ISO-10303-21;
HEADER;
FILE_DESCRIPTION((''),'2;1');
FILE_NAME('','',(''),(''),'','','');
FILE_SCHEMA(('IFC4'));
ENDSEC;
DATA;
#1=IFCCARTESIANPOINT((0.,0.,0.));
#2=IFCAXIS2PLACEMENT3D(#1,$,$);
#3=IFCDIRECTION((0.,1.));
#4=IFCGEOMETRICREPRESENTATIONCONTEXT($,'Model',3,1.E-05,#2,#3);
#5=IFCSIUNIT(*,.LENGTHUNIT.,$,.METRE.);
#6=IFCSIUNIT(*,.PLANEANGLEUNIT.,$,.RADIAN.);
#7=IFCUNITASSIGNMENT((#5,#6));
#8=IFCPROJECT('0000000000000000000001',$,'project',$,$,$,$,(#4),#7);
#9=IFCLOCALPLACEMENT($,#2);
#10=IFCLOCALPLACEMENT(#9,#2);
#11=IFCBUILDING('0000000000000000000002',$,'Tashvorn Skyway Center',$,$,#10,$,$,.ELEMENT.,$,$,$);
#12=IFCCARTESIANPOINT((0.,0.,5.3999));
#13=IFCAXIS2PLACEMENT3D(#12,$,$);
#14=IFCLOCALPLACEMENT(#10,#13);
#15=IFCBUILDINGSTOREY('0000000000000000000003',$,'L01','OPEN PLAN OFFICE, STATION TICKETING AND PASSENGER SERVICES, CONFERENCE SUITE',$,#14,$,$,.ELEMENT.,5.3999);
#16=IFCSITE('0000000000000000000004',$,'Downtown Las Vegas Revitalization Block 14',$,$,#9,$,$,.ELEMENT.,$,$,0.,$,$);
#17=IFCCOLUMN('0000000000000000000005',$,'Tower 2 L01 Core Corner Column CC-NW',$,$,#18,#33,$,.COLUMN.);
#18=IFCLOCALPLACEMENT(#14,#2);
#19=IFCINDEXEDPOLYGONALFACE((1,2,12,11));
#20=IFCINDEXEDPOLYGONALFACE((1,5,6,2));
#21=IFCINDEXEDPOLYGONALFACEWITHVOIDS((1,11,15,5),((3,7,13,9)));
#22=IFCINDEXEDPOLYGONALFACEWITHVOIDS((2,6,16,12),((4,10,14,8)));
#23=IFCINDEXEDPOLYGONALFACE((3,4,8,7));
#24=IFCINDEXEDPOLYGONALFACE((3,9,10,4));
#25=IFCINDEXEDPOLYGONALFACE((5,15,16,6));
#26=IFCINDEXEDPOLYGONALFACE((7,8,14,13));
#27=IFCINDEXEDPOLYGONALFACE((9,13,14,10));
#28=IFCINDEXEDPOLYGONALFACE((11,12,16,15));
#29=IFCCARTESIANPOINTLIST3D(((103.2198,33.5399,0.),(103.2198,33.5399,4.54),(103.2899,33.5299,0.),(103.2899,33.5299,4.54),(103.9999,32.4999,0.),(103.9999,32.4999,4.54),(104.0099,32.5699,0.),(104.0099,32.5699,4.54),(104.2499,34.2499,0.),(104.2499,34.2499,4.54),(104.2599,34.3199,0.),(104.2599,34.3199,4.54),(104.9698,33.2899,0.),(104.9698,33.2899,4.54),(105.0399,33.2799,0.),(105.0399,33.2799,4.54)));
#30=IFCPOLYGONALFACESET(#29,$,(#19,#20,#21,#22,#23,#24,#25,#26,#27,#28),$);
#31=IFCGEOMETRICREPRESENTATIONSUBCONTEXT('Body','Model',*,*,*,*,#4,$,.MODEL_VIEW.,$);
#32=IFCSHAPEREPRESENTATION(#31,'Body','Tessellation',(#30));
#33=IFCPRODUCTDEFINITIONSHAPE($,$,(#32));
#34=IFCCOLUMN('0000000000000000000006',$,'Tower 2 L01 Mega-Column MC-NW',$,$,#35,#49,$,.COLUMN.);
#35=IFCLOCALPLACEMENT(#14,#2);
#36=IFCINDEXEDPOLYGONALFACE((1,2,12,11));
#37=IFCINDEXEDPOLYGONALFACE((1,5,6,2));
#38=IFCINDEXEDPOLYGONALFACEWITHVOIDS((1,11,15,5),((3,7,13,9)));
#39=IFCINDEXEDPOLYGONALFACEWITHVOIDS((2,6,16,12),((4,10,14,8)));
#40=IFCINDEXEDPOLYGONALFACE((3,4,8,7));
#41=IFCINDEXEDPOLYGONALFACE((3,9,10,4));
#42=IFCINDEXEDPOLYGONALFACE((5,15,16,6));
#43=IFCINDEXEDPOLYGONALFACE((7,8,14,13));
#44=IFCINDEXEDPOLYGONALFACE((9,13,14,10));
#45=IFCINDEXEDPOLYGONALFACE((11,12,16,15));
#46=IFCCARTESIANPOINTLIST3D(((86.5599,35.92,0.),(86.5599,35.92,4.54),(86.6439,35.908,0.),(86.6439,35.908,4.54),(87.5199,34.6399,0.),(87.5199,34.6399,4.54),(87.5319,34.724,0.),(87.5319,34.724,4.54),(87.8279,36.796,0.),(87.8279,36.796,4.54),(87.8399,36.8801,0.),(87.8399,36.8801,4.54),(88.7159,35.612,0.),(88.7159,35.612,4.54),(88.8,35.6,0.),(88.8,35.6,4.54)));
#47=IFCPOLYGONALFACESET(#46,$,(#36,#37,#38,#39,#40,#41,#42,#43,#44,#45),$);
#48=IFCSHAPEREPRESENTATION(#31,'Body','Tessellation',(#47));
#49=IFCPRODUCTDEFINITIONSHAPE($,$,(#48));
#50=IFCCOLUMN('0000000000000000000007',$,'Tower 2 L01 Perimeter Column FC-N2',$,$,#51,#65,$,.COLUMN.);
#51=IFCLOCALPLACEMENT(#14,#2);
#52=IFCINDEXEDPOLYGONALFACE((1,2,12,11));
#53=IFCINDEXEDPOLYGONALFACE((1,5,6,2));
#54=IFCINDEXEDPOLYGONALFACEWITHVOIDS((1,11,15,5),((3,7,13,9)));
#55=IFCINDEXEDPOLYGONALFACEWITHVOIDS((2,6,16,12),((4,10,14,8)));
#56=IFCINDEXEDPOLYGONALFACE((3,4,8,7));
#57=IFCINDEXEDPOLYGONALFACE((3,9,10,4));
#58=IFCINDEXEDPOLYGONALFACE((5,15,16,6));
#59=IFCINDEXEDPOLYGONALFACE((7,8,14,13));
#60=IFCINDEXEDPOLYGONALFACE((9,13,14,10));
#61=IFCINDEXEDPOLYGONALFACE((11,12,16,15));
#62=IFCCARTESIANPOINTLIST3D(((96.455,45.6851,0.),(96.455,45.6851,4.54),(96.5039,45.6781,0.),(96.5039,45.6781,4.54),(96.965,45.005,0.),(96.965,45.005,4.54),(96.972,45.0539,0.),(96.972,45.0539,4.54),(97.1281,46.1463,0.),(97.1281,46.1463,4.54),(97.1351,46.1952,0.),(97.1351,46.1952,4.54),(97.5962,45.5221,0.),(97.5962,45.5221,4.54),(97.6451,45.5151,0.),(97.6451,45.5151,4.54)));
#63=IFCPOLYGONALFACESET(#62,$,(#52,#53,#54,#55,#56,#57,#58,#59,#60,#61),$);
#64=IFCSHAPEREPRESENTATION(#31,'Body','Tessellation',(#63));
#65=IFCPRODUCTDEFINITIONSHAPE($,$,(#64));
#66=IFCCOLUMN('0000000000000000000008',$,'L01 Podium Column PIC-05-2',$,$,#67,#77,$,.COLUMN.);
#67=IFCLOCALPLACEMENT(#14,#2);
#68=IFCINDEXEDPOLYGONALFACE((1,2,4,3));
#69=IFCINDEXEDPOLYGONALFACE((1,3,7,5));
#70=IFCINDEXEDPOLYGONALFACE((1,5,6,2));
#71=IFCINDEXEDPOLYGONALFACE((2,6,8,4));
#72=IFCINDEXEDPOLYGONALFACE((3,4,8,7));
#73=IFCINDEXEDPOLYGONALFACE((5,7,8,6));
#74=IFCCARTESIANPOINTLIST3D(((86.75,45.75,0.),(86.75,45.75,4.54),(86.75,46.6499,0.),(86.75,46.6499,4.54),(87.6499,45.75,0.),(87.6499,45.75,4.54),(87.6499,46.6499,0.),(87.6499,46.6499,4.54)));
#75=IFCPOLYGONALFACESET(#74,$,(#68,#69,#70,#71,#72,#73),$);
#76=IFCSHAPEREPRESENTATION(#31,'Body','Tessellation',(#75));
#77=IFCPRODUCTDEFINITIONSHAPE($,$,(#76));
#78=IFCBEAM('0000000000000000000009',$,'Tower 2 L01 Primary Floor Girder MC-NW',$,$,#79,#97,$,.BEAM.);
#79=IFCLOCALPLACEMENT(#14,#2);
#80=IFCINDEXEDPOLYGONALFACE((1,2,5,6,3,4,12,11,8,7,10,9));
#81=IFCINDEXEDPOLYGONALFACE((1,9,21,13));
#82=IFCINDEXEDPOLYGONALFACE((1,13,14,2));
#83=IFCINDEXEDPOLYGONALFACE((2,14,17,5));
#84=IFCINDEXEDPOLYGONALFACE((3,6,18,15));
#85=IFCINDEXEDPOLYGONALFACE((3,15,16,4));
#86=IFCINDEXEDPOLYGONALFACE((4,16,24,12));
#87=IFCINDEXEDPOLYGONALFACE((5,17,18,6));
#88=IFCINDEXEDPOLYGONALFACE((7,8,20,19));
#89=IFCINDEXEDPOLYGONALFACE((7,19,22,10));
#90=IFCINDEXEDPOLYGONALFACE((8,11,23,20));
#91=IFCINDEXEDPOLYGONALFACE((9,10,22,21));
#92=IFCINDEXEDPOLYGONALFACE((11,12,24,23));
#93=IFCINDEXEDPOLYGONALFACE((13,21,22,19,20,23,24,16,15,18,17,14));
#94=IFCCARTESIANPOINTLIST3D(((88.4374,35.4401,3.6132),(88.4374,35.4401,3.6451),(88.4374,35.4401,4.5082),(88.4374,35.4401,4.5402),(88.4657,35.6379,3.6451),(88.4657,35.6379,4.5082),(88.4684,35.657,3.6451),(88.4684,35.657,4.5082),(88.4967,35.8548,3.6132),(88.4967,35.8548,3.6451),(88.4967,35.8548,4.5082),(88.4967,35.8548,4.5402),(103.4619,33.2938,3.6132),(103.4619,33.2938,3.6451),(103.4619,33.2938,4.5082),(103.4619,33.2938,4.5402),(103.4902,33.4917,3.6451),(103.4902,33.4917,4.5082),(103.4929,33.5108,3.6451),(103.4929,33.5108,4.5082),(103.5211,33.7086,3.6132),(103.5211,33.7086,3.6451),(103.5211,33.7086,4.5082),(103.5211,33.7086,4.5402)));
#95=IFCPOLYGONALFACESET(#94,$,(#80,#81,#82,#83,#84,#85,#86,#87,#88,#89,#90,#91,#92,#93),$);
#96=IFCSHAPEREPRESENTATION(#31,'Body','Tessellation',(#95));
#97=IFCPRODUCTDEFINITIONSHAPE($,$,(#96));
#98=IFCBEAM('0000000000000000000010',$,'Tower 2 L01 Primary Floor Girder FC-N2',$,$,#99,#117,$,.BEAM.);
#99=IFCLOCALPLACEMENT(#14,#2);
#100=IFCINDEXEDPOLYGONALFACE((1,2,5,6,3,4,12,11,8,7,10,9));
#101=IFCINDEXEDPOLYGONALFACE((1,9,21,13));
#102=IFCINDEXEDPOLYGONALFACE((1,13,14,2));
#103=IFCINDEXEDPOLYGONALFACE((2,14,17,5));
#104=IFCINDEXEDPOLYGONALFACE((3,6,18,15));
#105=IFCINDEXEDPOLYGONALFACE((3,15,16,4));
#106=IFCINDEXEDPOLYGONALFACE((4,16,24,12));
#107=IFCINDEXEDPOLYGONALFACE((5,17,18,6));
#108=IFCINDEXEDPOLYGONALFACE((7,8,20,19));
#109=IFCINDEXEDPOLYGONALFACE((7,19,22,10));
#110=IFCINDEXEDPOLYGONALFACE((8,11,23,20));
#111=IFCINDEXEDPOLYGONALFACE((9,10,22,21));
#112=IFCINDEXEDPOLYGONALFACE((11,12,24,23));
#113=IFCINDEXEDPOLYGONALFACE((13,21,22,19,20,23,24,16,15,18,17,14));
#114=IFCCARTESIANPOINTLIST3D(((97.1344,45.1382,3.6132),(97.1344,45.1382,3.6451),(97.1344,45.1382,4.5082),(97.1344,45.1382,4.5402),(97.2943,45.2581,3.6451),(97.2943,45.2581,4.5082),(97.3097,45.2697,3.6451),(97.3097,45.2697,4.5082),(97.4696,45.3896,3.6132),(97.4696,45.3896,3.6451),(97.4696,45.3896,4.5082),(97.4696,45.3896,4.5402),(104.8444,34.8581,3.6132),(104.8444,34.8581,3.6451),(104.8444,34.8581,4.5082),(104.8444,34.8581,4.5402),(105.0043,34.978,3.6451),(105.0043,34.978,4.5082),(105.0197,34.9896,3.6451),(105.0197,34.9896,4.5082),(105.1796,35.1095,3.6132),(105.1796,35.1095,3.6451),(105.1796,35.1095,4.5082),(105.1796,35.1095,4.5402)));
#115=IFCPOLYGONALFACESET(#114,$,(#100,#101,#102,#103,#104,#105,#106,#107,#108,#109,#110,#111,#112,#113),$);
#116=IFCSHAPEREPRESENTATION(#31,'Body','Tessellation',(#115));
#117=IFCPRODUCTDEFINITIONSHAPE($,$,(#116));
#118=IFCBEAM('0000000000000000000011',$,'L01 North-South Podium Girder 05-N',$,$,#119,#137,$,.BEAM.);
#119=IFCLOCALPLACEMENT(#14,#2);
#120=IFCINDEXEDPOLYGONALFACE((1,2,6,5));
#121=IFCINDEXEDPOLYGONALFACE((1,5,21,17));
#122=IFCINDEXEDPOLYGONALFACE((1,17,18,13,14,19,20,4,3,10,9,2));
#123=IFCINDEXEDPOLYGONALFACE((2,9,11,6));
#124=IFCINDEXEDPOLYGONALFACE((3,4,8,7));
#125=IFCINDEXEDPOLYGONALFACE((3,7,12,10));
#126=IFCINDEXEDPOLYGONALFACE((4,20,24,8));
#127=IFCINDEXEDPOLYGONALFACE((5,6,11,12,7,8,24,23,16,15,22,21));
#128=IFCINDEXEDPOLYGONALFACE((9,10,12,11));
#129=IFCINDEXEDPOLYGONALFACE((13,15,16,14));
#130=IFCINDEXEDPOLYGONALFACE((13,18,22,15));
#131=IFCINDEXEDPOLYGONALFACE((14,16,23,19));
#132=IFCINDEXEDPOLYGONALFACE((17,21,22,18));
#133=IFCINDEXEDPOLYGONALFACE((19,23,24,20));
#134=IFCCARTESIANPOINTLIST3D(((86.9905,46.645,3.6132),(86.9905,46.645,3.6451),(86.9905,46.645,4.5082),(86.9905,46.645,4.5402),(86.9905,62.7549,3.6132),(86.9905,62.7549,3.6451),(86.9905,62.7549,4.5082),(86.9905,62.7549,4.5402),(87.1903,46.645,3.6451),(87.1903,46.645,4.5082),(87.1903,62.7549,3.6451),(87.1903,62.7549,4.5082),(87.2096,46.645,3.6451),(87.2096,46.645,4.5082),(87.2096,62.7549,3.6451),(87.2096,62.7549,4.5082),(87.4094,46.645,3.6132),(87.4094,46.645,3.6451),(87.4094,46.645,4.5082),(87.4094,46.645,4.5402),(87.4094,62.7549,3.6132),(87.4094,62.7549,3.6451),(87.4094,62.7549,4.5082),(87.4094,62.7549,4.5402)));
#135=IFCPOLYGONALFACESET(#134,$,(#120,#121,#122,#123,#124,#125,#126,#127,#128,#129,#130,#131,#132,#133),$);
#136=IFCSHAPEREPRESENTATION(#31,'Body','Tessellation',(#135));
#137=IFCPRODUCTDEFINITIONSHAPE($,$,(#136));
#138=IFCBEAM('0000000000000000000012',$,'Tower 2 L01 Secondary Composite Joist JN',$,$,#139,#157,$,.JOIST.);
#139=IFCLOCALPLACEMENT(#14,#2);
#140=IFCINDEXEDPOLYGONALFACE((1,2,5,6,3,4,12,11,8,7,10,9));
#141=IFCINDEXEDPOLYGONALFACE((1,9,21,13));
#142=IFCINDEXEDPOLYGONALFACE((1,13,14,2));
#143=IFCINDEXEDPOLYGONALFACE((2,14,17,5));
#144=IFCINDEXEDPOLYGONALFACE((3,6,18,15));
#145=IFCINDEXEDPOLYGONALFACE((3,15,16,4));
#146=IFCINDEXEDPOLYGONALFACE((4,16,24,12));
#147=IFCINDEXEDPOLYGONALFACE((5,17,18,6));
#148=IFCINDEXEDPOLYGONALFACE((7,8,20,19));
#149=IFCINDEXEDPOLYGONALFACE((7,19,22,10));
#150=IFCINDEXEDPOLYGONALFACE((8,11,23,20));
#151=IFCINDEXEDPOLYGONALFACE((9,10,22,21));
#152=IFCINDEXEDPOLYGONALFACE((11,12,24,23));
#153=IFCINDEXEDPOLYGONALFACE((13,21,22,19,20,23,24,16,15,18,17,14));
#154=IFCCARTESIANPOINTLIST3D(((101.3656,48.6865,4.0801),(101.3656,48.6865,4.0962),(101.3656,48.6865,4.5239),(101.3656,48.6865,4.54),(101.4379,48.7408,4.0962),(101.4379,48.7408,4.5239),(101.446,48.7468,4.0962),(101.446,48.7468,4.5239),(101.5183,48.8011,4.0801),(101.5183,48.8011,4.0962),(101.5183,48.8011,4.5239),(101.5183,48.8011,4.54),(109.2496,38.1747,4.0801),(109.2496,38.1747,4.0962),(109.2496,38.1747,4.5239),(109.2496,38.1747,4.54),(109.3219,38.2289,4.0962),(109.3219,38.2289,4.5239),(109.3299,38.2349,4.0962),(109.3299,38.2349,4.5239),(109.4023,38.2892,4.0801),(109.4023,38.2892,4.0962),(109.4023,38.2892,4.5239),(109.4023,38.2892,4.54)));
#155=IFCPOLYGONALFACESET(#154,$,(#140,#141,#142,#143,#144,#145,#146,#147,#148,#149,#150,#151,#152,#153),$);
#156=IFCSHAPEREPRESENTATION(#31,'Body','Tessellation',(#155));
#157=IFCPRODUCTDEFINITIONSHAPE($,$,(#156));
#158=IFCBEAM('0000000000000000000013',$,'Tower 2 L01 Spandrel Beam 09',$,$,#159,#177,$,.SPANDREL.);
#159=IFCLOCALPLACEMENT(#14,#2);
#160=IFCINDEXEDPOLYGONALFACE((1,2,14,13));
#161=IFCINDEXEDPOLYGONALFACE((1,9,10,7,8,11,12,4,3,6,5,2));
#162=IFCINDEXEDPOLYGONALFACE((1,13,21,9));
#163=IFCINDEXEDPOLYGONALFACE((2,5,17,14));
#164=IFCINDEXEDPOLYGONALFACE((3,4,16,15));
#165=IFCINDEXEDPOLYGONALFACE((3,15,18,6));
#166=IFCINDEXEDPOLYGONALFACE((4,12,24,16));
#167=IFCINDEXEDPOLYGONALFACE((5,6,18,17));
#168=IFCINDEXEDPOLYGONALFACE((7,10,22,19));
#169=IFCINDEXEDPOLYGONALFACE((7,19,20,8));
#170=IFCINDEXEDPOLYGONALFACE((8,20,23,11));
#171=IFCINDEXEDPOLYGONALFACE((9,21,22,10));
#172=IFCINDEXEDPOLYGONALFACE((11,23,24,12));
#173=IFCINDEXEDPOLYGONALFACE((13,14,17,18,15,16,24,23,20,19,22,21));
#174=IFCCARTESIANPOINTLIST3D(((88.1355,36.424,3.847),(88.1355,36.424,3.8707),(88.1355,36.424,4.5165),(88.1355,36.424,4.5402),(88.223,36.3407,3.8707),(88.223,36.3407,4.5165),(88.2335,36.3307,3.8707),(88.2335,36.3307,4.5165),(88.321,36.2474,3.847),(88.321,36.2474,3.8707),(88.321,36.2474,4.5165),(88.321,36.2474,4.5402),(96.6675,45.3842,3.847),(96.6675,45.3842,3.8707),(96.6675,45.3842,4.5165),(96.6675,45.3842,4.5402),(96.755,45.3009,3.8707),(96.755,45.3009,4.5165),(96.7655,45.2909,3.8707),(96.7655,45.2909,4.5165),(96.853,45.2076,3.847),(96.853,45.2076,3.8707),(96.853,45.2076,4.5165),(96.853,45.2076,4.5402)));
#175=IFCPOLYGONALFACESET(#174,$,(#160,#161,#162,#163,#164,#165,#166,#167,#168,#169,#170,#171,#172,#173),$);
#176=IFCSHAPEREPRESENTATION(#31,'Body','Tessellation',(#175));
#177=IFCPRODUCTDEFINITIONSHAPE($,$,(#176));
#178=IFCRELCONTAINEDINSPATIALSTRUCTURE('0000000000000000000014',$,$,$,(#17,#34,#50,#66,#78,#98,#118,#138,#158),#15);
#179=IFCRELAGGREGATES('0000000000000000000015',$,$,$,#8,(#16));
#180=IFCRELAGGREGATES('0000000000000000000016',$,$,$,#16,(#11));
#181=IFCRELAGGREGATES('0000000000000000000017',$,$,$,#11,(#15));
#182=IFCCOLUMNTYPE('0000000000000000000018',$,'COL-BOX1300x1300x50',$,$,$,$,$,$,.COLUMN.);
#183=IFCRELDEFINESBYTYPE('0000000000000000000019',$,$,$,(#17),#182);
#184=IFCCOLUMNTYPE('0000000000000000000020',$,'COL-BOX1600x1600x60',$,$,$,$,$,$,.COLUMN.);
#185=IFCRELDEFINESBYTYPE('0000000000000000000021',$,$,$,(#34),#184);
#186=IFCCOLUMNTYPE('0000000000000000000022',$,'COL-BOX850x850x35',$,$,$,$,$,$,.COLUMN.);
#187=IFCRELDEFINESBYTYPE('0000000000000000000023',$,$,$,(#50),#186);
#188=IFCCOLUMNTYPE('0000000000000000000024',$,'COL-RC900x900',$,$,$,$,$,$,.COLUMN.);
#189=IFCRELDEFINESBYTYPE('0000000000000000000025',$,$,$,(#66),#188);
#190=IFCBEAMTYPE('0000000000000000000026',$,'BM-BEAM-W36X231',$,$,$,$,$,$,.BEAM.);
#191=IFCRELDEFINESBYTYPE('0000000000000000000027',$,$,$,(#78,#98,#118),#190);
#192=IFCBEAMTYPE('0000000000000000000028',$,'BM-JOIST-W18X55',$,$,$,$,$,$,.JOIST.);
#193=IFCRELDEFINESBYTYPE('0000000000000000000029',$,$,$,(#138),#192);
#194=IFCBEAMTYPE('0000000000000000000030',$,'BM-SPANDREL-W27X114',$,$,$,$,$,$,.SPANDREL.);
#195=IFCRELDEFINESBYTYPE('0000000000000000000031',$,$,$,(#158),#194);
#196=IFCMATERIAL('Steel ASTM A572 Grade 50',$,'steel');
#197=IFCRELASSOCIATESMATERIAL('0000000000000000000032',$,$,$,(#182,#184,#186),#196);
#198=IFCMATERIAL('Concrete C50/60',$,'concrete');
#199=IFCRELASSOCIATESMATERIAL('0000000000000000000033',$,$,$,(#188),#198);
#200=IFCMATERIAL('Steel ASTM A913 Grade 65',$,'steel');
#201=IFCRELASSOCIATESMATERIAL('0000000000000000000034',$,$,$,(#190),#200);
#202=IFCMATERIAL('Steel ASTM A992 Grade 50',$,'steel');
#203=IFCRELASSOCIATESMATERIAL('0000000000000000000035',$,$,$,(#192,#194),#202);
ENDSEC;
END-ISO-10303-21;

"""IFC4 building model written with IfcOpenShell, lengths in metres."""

from ifc_helpers import new_model, si_unit, direction, frame, origin, origin_2d, place, context, subcontext, project, spatial, rectangle, hollow_rectangle, i_section, extrude, material, material_profile, profile_set, type_object, element, save


model = new_model("IFC4")

# Units and contexts
model_context = context("Model", 3, precision=1e-05, world=origin(), true_north=direction((0.0, 1.0)))
body_context = subcontext(model_context, "Body", "Model", "MODEL_VIEW")
ifc_project = project(units=[si_unit("LENGTHUNIT", "METRE"), si_unit("PLANEANGLEUNIT", "RADIAN")], contexts=[model_context])

# Site, building, storey
site_placement = place(None, origin())
site = spatial("IfcSite", under=ifc_project, at=site_placement, Name="Downtown Las Vegas Revitalization Block 14", CompositionType="ELEMENT", RefElevation=0.0)
building_placement = place(site_placement, origin())
building = spatial("IfcBuilding", under=site, at=building_placement, Name="Tashvorn Skyway Center", CompositionType="ELEMENT")
storey_placement = place(building_placement, frame((0.0, 0.0, 5.3999)))
storey = spatial("IfcBuildingStorey", under=building, at=storey_placement, Name="L01", Description="OPEN PLAN OFFICE, STATION TICKETING AND PASSENGER SERVICES, CONFERENCE SUITE", CompositionType="ELEMENT", Elevation=5.3999)

# Columns
ifc_material_1 = material(Name="Steel ASTM A572 Grade 50", Category="steel")
ifc_material_profile_1 = material_profile(ifc_material_1, hollow_rectangle(XDim=1.3, YDim=1.3, WallThickness=0.05, at=origin_2d()), Name="BOX1300x1300x50")
ifc_profile_set_1 = profile_set([ifc_material_profile_1], Name="Steel ASTM A572 Grade 50")
column_type_1 = type_object("IfcColumnType", Name="COL-BOX1300x1300x50", PredefinedType="COLUMN", material=ifc_profile_set_1)
column_1_placement = place(storey_placement, frame((104.1299, 33.4099, 0.0), z_axis=(0.0, 0.0, 1.0), x_axis=(0.8, 0.6, 0.0)))
element("IfcColumn", 1, at=column_1_placement, inside=storey, type_object=column_type_1, Name="Tower 2 L01 Core Corner Column CC-NW", PredefinedType="COLUMN", context=body_context, shape_type="SweptSolid", body=[
    extrude(hollow_rectangle(XDim=1.3, YDim=1.3, WallThickness=0.05, at=origin_2d()), origin(), (0.0, 0.0, 1.0), 4.54),
])
ifc_material_profile_2 = material_profile(ifc_material_1, hollow_rectangle(XDim=1.6001, YDim=1.6001, WallThickness=0.0601, at=origin_2d()), Name="BOX1600x1600x60")
ifc_profile_set_2 = profile_set([ifc_material_profile_2], Name="Steel ASTM A572 Grade 50")
column_type_2 = type_object("IfcColumnType", Name="COL-BOX1600x1600x60", PredefinedType="COLUMN", material=ifc_profile_set_2)
column_2_placement = place(storey_placement, frame((87.6799, 35.76, 0.0), z_axis=(0.0, 0.0, 1.0), x_axis=(0.8, 0.6, 0.0)))
element("IfcColumn", 2, at=column_2_placement, inside=storey, type_object=column_type_2, Name="Tower 2 L01 Mega-Column MC-NW", PredefinedType="COLUMN", context=body_context, shape_type="SweptSolid", body=[
    extrude(hollow_rectangle(XDim=1.6001, YDim=1.6001, WallThickness=0.0601, at=origin_2d()), origin(), (0.0, 0.0, 1.0), 4.54),
])
ifc_material_profile_3 = material_profile(ifc_material_1, hollow_rectangle(XDim=0.8501, YDim=0.8501, WallThickness=0.0349, at=origin_2d()), Name="BOX850x850x35")
ifc_profile_set_3 = profile_set([ifc_material_profile_3], Name="Steel ASTM A572 Grade 50")
column_type_3 = type_object("IfcColumnType", Name="COL-BOX850x850x35", PredefinedType="COLUMN", material=ifc_profile_set_3)
column_3_placement = place(storey_placement, frame((97.05, 45.6001, 0.0), z_axis=(0.0, 0.0, 1.0), x_axis=(0.8, 0.6, 0.0)))
element("IfcColumn", 3, at=column_3_placement, inside=storey, type_object=column_type_3, Name="Tower 2 L01 Perimeter Column FC-N2", PredefinedType="COLUMN", context=body_context, shape_type="SweptSolid", body=[
    extrude(hollow_rectangle(XDim=0.8501, YDim=0.8501, WallThickness=0.0349, at=origin_2d()), origin(), (0.0, 0.0, 1.0), 4.54),
])
ifc_material_2 = material(Name="Concrete C50/60", Category="concrete")
ifc_material_profile_4 = material_profile(ifc_material_2, rectangle(XDim=0.8999, YDim=0.8999, at=origin_2d()), Name="RC900x900")
ifc_profile_set_4 = profile_set([ifc_material_profile_4], Name="Concrete C50/60")
column_type_4 = type_object("IfcColumnType", Name="COL-RC900x900", PredefinedType="COLUMN", material=ifc_profile_set_4)
column_4_placement = place(storey_placement, frame((87.2, 46.2, 0.0), z_axis=(0.0, 0.0, 1.0), x_axis=(1.0, 0.0, 0.0)))
element("IfcColumn", 4, at=column_4_placement, inside=storey, type_object=column_type_4, Name="L01 Podium Column PIC-05-2", PredefinedType="COLUMN", context=body_context, shape_type="SweptSolid", body=[
    extrude(rectangle(XDim=0.8999, YDim=0.8999, at=origin_2d()), origin(), (0.0, 0.0, 1.0), 4.54),
])

# Beams
ifc_material_3 = material(Name="Steel ASTM A913 Grade 65", Category="steel")
ifc_material_profile_5 = material_profile(ifc_material_3, i_section(OverallWidth=0.4189, OverallDepth=0.927, WebThickness=0.0193, FlangeThickness=0.032, at=origin_2d()), Name="W36X231")
ifc_profile_set_5 = profile_set([ifc_material_profile_5], Name="Steel ASTM A913 Grade 65")
beam_type_1 = type_object("IfcBeamType", Name="BM-BEAM-W36X231", PredefinedType="BEAM", material=ifc_profile_set_5)
beam_1_placement = place(storey_placement, frame((88.467, 35.6475, 4.0767), z_axis=(0.98995, -0.141415, 0.0), x_axis=(0.141415, 0.98995, 0.0)))
element("IfcBeam", 5, at=beam_1_placement, inside=storey, type_object=beam_type_1, Name="Tower 2 L01 Primary Floor Girder MC-NW", PredefinedType="BEAM", context=body_context, shape_type="SweptSolid", body=[
    extrude(i_section(OverallWidth=0.4189, OverallDepth=0.927, WebThickness=0.0193, FlangeThickness=0.032, at=origin_2d()), origin(), (0.0, 0.0, 1.0), 15.177),
])
beam_2_placement = place(storey_placement, frame((97.302, 45.2639, 4.0767), z_axis=(0.599997, -0.800002, 0.0), x_axis=(0.800002, 0.599997, 0.0)))
element("IfcBeam", 6, at=beam_2_placement, inside=storey, type_object=beam_type_1, Name="Tower 2 L01 Primary Floor Girder FC-N2", PredefinedType="BEAM", context=body_context, shape_type="SweptSolid", body=[
    extrude(i_section(OverallWidth=0.4189, OverallDepth=0.927, WebThickness=0.0193, FlangeThickness=0.032, at=origin_2d()), origin(), (0.0, 0.0, 1.0), 12.8501),
])
beam_3_placement = place(storey_placement, frame((87.2, 46.645, 4.0767), z_axis=(0.0, 1.0, 0.0), x_axis=(-1.0, 0.0, 0.0)))
element("IfcBeam", 7, at=beam_3_placement, inside=storey, type_object=beam_type_1, Name="L01 North-South Podium Girder 05-N", PredefinedType="BEAM", context=body_context, shape_type="SweptSolid", body=[
    extrude(i_section(OverallWidth=0.4189, OverallDepth=0.927, WebThickness=0.0193, FlangeThickness=0.032, at=origin_2d()), origin(), (0.0, 0.0, 1.0), 16.1099),
])
ifc_material_4 = material(Name="Steel ASTM A992 Grade 50", Category="steel")
ifc_material_profile_6 = material_profile(ifc_material_4, i_section(OverallWidth=0.1909, OverallDepth=0.46, WebThickness=0.01, FlangeThickness=0.0161, at=origin_2d()), Name="W18X55")
ifc_profile_set_6 = profile_set([ifc_material_profile_6], Name="Steel ASTM A992 Grade 50")
beam_type_2 = type_object("IfcBeamType", Name="BM-JOIST-W18X55", PredefinedType="JOIST", material=ifc_profile_set_6)
beam_4_placement = place(storey_placement, frame((109.3259, 38.2319, 4.3101), z_axis=(-0.600003, 0.799998, 0.0), x_axis=(-0.799998, -0.600003, 0.0)))
element("IfcBeam", 8, at=beam_4_placement, inside=storey, type_object=beam_type_2, Name="Tower 2 L01 Secondary Composite Joist JN", PredefinedType="JOIST", context=body_context, shape_type="SweptSolid", body=[
    extrude(i_section(OverallWidth=0.1909, OverallDepth=0.46, WebThickness=0.01, FlangeThickness=0.0161, at=origin_2d()), origin(), (0.0, 0.0, 1.0), 13.1399),
])
ifc_material_profile_7 = material_profile(ifc_material_4, i_section(OverallWidth=0.2561, OverallDepth=0.6931, WebThickness=0.0144, FlangeThickness=0.0237, at=origin_2d()), Name="W27X114")
ifc_profile_set_7 = profile_set([ifc_material_profile_7], Name="Steel ASTM A992 Grade 50")
beam_type_3 = type_object("IfcBeamType", Name="BM-SPANDREL-W27X114", PredefinedType="SPANDREL", material=ifc_profile_set_7)
for number, where, z_axis, x_axis, name in (
    (9, (96.7603, 45.2959, 4.1936), (-0.68959, -0.7242, 0.0), (0.7242, -0.68959, 0.0), "Tower 2 L01 Spandrel Beam 09"),
):
    element("IfcBeam", number, at=place(storey_placement, frame(where, z_axis=z_axis, x_axis=x_axis)), inside=storey, type_object=beam_type_3, Name=name, PredefinedType="SPANDREL", context=body_context, shape_type="SweptSolid", body=[
        extrude(i_section(OverallWidth=0.2561, OverallDepth=0.6931, WebThickness=0.0144, FlangeThickness=0.0237, at=origin_2d()), origin(), (0.0, 0.0, 1.0), 12.3726),
    ])

save(model, "model.ifc")
